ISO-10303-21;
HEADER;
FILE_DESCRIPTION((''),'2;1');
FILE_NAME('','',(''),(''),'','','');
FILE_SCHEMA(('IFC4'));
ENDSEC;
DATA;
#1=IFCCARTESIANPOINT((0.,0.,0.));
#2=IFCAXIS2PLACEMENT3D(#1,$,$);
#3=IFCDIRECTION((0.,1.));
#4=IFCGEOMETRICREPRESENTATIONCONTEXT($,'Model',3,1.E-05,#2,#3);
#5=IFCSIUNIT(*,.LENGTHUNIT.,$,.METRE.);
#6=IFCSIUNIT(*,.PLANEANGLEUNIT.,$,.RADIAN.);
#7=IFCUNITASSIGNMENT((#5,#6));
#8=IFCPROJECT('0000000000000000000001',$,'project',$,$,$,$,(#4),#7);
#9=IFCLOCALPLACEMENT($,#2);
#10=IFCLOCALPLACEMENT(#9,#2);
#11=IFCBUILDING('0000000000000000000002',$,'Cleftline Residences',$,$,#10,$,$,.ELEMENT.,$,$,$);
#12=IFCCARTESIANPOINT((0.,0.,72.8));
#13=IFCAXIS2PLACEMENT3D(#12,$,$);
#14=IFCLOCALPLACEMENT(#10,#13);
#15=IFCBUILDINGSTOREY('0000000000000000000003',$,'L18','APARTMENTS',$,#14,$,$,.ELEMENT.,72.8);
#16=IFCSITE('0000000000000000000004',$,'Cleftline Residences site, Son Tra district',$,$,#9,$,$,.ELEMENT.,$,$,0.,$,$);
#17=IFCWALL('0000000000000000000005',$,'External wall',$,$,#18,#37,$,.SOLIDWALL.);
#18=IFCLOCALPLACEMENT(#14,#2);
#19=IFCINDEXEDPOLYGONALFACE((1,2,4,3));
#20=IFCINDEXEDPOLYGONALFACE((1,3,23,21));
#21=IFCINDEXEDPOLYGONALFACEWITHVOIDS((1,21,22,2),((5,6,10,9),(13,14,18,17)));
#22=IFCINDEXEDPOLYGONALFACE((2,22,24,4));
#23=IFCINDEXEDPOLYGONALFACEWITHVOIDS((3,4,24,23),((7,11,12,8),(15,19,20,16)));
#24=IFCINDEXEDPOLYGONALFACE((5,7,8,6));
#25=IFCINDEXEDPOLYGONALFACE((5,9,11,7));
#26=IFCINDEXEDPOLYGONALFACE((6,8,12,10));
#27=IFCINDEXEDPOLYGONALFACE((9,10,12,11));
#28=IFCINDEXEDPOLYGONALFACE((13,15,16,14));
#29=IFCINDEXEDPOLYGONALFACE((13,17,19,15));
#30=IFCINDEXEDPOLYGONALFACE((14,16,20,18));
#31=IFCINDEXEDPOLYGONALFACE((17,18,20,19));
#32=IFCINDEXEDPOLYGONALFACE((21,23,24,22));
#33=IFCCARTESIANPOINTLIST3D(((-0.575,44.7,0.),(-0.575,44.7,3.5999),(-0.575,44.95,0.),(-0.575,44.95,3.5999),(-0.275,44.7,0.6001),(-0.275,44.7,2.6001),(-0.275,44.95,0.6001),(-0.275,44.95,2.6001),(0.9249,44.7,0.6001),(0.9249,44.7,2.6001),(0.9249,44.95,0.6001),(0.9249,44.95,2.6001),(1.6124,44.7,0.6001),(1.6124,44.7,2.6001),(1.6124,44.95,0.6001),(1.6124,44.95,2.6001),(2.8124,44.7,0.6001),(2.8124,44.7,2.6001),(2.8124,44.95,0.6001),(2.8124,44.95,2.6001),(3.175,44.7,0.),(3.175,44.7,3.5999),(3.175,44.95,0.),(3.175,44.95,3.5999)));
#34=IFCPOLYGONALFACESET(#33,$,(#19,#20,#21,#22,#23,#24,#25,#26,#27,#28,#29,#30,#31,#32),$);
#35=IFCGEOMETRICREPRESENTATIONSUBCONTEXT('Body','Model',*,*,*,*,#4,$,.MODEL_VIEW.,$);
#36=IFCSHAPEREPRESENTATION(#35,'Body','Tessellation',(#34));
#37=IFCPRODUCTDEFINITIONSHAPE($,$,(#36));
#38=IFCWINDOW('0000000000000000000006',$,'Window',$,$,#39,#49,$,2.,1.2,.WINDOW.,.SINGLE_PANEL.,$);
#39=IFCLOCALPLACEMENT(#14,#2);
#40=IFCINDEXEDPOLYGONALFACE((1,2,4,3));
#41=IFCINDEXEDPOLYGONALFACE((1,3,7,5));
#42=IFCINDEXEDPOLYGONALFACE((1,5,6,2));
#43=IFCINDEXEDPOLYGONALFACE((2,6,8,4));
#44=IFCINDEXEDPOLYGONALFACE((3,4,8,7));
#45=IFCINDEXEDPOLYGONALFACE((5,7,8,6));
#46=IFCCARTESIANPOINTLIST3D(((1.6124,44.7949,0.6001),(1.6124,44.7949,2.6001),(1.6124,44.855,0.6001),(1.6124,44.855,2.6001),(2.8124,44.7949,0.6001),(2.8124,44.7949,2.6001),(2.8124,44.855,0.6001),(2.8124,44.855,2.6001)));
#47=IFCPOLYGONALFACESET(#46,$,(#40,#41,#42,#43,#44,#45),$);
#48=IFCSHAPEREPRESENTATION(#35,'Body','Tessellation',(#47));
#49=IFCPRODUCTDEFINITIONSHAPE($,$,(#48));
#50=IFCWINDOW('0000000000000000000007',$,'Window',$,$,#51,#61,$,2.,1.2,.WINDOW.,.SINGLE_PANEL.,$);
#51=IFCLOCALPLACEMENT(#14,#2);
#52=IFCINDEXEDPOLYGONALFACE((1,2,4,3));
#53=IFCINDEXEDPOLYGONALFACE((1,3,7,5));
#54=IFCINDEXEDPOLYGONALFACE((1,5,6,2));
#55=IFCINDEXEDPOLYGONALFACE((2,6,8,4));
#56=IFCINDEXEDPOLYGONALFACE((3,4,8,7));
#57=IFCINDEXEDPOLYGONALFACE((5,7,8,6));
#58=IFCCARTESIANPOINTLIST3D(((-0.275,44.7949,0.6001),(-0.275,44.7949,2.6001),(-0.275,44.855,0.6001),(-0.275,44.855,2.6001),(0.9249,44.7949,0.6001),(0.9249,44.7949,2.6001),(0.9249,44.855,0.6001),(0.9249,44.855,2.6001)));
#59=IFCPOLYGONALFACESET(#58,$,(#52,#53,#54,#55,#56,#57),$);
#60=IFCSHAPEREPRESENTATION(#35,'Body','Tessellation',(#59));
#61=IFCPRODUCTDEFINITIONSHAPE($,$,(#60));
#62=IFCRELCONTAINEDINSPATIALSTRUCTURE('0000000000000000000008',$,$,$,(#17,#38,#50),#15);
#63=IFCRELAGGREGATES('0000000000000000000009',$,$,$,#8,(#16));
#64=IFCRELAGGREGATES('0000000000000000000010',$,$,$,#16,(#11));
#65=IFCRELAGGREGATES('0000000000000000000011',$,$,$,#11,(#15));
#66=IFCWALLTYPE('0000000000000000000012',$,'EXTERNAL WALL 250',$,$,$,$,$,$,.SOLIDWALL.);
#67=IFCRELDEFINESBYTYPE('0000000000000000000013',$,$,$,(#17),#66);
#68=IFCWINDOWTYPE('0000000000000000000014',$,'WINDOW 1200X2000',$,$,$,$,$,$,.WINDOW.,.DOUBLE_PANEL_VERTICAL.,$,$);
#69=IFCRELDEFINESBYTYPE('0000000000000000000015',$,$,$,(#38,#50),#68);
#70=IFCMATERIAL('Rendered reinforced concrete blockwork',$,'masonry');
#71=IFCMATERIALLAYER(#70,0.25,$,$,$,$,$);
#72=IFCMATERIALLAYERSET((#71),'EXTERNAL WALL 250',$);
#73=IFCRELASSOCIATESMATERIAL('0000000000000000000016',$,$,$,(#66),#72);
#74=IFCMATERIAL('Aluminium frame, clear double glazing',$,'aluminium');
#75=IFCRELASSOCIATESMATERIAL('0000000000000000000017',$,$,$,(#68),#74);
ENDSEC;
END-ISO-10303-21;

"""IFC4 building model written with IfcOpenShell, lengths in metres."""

from ifc_helpers import new_model, si_unit, direction, frame, frame_2d, origin, place, context, subcontext, project, spatial, rectangle, extrude, material, layer, layer_set, type_object, element, fill, save


model = new_model("IFC4")

# Units and contexts
model_context = context("Model", 3, precision=1e-05, world=origin(), true_north=direction((0.0, 1.0)))
body_context = subcontext(model_context, "Body", "Model", "MODEL_VIEW")
ifc_project = project(units=[si_unit("LENGTHUNIT", "METRE"), si_unit("PLANEANGLEUNIT", "RADIAN")], contexts=[model_context])

# Site, building, storey
site_placement = place(None, origin())
site = spatial("IfcSite", under=ifc_project, at=site_placement, Name="Cleftline Residences site, Son Tra district", CompositionType="ELEMENT", RefElevation=0.0)
building_placement = place(site_placement, origin())
building = spatial("IfcBuilding", under=site, at=building_placement, Name="Cleftline Residences", CompositionType="ELEMENT")
storey_placement = place(building_placement, frame((0.0, 0.0, 72.8)))
storey = spatial("IfcBuildingStorey", under=building, at=storey_placement, Name="L18", Description="APARTMENTS", CompositionType="ELEMENT", Elevation=72.8)

# Shared definitions
ifc_material_1 = material(Name="Rendered reinforced concrete blockwork", Category="masonry")
ifc_layer_1 = layer(ifc_material_1, 0.25)
ifc_layer_set_1 = layer_set([ifc_layer_1], Name="EXTERNAL WALL 250")
wall_type = type_object("IfcWallType", Name="EXTERNAL WALL 250", PredefinedType="SOLIDWALL", material=ifc_layer_set_1)

# Wall, openings, windows
wall_1_placement = place(storey_placement, frame((3.175, 44.825, 0.0), z_axis=(0.0, 0.0, 1.0), x_axis=(-1.0, 0.0, 0.0)))
wall_1 = element("IfcWall", 1, at=wall_1_placement, inside=storey, type_object=wall_type, Name="External wall", PredefinedType="SOLIDWALL", context=body_context, shape_type="SweptSolid", body=[
    extrude(rectangle(XDim=3.75, YDim=0.25, at=frame_2d((1.875, 0.0))), origin(), (0.0, 0.0, 1.0), 3.5999),
])
opening_1_placement = place(wall_1_placement, frame((0.3625, 0.0, 0.6001)))
opening_1 = element("IfcOpeningElement", 2, at=opening_1_placement, cuts=wall_1, PredefinedType="OPENING", context=body_context, shape_type="SweptSolid", body=[
    extrude(rectangle(XDim=1.2, YDim=2.0, at=frame_2d((0.6001, 1.0))), frame((0.0, 0.135, 0.0), z_axis=(0.0, -1.0, 0.0), x_axis=(1.0, 0.0, 0.0)), (0.0, 0.0, 1.0), 0.27),
])
opening_2_placement = place(wall_1_placement, frame((2.25, 0.0, 0.6001)))
opening_2 = element("IfcOpeningElement", 3, at=opening_2_placement, cuts=wall_1, PredefinedType="OPENING", context=body_context, shape_type="SweptSolid", body=[
    extrude(rectangle(XDim=1.2, YDim=2.0, at=frame_2d((0.6001, 1.0))), frame((0.0, 0.135, 0.0), z_axis=(0.0, -1.0, 0.0), x_axis=(1.0, 0.0, 0.0)), (0.0, 0.0, 1.0), 0.27),
])
ifc_material_2 = material(Name="Aluminium frame, clear double glazing", Category="aluminium")
window_type_1 = type_object("IfcWindowType", Name="WINDOW 1200X2000", PartitioningType="DOUBLE_PANEL_VERTICAL", PredefinedType="WINDOW", material=ifc_material_2)
window_1_placement = place(opening_1_placement, origin())
window_1 = element("IfcWindow", 4, at=window_1_placement, inside=storey, type_object=window_type_1, Name="Window", OverallHeight=2.0, OverallWidth=1.2, PartitioningType="SINGLE_PANEL", PredefinedType="WINDOW", context=body_context, shape_type="SweptSolid", body=[
    extrude(rectangle(XDim=1.2, YDim=2.0, at=frame_2d((0.6001, 1.0))), frame((0.0, 0.03, 0.0), z_axis=(0.0, -1.0, 0.0), x_axis=(1.0, 0.0, 0.0)), (0.0, 0.0, 1.0), 0.0601),
])
fill(opening_1, window_1)
window_2_placement = place(opening_2_placement, origin())
window_2 = element("IfcWindow", 5, at=window_2_placement, inside=storey, type_object=window_type_1, Name="Window", OverallHeight=2.0, OverallWidth=1.2, PartitioningType="SINGLE_PANEL", PredefinedType="WINDOW", context=body_context, shape_type="SweptSolid", body=[
    extrude(rectangle(XDim=1.2, YDim=2.0, at=frame_2d((0.6001, 1.0))), frame((0.0, 0.03, 0.0), z_axis=(0.0, -1.0, 0.0), x_axis=(1.0, 0.0, 0.0)), (0.0, 0.0, 1.0), 0.0601),
])
fill(opening_2, window_2)

save(model, "model.ifc")
